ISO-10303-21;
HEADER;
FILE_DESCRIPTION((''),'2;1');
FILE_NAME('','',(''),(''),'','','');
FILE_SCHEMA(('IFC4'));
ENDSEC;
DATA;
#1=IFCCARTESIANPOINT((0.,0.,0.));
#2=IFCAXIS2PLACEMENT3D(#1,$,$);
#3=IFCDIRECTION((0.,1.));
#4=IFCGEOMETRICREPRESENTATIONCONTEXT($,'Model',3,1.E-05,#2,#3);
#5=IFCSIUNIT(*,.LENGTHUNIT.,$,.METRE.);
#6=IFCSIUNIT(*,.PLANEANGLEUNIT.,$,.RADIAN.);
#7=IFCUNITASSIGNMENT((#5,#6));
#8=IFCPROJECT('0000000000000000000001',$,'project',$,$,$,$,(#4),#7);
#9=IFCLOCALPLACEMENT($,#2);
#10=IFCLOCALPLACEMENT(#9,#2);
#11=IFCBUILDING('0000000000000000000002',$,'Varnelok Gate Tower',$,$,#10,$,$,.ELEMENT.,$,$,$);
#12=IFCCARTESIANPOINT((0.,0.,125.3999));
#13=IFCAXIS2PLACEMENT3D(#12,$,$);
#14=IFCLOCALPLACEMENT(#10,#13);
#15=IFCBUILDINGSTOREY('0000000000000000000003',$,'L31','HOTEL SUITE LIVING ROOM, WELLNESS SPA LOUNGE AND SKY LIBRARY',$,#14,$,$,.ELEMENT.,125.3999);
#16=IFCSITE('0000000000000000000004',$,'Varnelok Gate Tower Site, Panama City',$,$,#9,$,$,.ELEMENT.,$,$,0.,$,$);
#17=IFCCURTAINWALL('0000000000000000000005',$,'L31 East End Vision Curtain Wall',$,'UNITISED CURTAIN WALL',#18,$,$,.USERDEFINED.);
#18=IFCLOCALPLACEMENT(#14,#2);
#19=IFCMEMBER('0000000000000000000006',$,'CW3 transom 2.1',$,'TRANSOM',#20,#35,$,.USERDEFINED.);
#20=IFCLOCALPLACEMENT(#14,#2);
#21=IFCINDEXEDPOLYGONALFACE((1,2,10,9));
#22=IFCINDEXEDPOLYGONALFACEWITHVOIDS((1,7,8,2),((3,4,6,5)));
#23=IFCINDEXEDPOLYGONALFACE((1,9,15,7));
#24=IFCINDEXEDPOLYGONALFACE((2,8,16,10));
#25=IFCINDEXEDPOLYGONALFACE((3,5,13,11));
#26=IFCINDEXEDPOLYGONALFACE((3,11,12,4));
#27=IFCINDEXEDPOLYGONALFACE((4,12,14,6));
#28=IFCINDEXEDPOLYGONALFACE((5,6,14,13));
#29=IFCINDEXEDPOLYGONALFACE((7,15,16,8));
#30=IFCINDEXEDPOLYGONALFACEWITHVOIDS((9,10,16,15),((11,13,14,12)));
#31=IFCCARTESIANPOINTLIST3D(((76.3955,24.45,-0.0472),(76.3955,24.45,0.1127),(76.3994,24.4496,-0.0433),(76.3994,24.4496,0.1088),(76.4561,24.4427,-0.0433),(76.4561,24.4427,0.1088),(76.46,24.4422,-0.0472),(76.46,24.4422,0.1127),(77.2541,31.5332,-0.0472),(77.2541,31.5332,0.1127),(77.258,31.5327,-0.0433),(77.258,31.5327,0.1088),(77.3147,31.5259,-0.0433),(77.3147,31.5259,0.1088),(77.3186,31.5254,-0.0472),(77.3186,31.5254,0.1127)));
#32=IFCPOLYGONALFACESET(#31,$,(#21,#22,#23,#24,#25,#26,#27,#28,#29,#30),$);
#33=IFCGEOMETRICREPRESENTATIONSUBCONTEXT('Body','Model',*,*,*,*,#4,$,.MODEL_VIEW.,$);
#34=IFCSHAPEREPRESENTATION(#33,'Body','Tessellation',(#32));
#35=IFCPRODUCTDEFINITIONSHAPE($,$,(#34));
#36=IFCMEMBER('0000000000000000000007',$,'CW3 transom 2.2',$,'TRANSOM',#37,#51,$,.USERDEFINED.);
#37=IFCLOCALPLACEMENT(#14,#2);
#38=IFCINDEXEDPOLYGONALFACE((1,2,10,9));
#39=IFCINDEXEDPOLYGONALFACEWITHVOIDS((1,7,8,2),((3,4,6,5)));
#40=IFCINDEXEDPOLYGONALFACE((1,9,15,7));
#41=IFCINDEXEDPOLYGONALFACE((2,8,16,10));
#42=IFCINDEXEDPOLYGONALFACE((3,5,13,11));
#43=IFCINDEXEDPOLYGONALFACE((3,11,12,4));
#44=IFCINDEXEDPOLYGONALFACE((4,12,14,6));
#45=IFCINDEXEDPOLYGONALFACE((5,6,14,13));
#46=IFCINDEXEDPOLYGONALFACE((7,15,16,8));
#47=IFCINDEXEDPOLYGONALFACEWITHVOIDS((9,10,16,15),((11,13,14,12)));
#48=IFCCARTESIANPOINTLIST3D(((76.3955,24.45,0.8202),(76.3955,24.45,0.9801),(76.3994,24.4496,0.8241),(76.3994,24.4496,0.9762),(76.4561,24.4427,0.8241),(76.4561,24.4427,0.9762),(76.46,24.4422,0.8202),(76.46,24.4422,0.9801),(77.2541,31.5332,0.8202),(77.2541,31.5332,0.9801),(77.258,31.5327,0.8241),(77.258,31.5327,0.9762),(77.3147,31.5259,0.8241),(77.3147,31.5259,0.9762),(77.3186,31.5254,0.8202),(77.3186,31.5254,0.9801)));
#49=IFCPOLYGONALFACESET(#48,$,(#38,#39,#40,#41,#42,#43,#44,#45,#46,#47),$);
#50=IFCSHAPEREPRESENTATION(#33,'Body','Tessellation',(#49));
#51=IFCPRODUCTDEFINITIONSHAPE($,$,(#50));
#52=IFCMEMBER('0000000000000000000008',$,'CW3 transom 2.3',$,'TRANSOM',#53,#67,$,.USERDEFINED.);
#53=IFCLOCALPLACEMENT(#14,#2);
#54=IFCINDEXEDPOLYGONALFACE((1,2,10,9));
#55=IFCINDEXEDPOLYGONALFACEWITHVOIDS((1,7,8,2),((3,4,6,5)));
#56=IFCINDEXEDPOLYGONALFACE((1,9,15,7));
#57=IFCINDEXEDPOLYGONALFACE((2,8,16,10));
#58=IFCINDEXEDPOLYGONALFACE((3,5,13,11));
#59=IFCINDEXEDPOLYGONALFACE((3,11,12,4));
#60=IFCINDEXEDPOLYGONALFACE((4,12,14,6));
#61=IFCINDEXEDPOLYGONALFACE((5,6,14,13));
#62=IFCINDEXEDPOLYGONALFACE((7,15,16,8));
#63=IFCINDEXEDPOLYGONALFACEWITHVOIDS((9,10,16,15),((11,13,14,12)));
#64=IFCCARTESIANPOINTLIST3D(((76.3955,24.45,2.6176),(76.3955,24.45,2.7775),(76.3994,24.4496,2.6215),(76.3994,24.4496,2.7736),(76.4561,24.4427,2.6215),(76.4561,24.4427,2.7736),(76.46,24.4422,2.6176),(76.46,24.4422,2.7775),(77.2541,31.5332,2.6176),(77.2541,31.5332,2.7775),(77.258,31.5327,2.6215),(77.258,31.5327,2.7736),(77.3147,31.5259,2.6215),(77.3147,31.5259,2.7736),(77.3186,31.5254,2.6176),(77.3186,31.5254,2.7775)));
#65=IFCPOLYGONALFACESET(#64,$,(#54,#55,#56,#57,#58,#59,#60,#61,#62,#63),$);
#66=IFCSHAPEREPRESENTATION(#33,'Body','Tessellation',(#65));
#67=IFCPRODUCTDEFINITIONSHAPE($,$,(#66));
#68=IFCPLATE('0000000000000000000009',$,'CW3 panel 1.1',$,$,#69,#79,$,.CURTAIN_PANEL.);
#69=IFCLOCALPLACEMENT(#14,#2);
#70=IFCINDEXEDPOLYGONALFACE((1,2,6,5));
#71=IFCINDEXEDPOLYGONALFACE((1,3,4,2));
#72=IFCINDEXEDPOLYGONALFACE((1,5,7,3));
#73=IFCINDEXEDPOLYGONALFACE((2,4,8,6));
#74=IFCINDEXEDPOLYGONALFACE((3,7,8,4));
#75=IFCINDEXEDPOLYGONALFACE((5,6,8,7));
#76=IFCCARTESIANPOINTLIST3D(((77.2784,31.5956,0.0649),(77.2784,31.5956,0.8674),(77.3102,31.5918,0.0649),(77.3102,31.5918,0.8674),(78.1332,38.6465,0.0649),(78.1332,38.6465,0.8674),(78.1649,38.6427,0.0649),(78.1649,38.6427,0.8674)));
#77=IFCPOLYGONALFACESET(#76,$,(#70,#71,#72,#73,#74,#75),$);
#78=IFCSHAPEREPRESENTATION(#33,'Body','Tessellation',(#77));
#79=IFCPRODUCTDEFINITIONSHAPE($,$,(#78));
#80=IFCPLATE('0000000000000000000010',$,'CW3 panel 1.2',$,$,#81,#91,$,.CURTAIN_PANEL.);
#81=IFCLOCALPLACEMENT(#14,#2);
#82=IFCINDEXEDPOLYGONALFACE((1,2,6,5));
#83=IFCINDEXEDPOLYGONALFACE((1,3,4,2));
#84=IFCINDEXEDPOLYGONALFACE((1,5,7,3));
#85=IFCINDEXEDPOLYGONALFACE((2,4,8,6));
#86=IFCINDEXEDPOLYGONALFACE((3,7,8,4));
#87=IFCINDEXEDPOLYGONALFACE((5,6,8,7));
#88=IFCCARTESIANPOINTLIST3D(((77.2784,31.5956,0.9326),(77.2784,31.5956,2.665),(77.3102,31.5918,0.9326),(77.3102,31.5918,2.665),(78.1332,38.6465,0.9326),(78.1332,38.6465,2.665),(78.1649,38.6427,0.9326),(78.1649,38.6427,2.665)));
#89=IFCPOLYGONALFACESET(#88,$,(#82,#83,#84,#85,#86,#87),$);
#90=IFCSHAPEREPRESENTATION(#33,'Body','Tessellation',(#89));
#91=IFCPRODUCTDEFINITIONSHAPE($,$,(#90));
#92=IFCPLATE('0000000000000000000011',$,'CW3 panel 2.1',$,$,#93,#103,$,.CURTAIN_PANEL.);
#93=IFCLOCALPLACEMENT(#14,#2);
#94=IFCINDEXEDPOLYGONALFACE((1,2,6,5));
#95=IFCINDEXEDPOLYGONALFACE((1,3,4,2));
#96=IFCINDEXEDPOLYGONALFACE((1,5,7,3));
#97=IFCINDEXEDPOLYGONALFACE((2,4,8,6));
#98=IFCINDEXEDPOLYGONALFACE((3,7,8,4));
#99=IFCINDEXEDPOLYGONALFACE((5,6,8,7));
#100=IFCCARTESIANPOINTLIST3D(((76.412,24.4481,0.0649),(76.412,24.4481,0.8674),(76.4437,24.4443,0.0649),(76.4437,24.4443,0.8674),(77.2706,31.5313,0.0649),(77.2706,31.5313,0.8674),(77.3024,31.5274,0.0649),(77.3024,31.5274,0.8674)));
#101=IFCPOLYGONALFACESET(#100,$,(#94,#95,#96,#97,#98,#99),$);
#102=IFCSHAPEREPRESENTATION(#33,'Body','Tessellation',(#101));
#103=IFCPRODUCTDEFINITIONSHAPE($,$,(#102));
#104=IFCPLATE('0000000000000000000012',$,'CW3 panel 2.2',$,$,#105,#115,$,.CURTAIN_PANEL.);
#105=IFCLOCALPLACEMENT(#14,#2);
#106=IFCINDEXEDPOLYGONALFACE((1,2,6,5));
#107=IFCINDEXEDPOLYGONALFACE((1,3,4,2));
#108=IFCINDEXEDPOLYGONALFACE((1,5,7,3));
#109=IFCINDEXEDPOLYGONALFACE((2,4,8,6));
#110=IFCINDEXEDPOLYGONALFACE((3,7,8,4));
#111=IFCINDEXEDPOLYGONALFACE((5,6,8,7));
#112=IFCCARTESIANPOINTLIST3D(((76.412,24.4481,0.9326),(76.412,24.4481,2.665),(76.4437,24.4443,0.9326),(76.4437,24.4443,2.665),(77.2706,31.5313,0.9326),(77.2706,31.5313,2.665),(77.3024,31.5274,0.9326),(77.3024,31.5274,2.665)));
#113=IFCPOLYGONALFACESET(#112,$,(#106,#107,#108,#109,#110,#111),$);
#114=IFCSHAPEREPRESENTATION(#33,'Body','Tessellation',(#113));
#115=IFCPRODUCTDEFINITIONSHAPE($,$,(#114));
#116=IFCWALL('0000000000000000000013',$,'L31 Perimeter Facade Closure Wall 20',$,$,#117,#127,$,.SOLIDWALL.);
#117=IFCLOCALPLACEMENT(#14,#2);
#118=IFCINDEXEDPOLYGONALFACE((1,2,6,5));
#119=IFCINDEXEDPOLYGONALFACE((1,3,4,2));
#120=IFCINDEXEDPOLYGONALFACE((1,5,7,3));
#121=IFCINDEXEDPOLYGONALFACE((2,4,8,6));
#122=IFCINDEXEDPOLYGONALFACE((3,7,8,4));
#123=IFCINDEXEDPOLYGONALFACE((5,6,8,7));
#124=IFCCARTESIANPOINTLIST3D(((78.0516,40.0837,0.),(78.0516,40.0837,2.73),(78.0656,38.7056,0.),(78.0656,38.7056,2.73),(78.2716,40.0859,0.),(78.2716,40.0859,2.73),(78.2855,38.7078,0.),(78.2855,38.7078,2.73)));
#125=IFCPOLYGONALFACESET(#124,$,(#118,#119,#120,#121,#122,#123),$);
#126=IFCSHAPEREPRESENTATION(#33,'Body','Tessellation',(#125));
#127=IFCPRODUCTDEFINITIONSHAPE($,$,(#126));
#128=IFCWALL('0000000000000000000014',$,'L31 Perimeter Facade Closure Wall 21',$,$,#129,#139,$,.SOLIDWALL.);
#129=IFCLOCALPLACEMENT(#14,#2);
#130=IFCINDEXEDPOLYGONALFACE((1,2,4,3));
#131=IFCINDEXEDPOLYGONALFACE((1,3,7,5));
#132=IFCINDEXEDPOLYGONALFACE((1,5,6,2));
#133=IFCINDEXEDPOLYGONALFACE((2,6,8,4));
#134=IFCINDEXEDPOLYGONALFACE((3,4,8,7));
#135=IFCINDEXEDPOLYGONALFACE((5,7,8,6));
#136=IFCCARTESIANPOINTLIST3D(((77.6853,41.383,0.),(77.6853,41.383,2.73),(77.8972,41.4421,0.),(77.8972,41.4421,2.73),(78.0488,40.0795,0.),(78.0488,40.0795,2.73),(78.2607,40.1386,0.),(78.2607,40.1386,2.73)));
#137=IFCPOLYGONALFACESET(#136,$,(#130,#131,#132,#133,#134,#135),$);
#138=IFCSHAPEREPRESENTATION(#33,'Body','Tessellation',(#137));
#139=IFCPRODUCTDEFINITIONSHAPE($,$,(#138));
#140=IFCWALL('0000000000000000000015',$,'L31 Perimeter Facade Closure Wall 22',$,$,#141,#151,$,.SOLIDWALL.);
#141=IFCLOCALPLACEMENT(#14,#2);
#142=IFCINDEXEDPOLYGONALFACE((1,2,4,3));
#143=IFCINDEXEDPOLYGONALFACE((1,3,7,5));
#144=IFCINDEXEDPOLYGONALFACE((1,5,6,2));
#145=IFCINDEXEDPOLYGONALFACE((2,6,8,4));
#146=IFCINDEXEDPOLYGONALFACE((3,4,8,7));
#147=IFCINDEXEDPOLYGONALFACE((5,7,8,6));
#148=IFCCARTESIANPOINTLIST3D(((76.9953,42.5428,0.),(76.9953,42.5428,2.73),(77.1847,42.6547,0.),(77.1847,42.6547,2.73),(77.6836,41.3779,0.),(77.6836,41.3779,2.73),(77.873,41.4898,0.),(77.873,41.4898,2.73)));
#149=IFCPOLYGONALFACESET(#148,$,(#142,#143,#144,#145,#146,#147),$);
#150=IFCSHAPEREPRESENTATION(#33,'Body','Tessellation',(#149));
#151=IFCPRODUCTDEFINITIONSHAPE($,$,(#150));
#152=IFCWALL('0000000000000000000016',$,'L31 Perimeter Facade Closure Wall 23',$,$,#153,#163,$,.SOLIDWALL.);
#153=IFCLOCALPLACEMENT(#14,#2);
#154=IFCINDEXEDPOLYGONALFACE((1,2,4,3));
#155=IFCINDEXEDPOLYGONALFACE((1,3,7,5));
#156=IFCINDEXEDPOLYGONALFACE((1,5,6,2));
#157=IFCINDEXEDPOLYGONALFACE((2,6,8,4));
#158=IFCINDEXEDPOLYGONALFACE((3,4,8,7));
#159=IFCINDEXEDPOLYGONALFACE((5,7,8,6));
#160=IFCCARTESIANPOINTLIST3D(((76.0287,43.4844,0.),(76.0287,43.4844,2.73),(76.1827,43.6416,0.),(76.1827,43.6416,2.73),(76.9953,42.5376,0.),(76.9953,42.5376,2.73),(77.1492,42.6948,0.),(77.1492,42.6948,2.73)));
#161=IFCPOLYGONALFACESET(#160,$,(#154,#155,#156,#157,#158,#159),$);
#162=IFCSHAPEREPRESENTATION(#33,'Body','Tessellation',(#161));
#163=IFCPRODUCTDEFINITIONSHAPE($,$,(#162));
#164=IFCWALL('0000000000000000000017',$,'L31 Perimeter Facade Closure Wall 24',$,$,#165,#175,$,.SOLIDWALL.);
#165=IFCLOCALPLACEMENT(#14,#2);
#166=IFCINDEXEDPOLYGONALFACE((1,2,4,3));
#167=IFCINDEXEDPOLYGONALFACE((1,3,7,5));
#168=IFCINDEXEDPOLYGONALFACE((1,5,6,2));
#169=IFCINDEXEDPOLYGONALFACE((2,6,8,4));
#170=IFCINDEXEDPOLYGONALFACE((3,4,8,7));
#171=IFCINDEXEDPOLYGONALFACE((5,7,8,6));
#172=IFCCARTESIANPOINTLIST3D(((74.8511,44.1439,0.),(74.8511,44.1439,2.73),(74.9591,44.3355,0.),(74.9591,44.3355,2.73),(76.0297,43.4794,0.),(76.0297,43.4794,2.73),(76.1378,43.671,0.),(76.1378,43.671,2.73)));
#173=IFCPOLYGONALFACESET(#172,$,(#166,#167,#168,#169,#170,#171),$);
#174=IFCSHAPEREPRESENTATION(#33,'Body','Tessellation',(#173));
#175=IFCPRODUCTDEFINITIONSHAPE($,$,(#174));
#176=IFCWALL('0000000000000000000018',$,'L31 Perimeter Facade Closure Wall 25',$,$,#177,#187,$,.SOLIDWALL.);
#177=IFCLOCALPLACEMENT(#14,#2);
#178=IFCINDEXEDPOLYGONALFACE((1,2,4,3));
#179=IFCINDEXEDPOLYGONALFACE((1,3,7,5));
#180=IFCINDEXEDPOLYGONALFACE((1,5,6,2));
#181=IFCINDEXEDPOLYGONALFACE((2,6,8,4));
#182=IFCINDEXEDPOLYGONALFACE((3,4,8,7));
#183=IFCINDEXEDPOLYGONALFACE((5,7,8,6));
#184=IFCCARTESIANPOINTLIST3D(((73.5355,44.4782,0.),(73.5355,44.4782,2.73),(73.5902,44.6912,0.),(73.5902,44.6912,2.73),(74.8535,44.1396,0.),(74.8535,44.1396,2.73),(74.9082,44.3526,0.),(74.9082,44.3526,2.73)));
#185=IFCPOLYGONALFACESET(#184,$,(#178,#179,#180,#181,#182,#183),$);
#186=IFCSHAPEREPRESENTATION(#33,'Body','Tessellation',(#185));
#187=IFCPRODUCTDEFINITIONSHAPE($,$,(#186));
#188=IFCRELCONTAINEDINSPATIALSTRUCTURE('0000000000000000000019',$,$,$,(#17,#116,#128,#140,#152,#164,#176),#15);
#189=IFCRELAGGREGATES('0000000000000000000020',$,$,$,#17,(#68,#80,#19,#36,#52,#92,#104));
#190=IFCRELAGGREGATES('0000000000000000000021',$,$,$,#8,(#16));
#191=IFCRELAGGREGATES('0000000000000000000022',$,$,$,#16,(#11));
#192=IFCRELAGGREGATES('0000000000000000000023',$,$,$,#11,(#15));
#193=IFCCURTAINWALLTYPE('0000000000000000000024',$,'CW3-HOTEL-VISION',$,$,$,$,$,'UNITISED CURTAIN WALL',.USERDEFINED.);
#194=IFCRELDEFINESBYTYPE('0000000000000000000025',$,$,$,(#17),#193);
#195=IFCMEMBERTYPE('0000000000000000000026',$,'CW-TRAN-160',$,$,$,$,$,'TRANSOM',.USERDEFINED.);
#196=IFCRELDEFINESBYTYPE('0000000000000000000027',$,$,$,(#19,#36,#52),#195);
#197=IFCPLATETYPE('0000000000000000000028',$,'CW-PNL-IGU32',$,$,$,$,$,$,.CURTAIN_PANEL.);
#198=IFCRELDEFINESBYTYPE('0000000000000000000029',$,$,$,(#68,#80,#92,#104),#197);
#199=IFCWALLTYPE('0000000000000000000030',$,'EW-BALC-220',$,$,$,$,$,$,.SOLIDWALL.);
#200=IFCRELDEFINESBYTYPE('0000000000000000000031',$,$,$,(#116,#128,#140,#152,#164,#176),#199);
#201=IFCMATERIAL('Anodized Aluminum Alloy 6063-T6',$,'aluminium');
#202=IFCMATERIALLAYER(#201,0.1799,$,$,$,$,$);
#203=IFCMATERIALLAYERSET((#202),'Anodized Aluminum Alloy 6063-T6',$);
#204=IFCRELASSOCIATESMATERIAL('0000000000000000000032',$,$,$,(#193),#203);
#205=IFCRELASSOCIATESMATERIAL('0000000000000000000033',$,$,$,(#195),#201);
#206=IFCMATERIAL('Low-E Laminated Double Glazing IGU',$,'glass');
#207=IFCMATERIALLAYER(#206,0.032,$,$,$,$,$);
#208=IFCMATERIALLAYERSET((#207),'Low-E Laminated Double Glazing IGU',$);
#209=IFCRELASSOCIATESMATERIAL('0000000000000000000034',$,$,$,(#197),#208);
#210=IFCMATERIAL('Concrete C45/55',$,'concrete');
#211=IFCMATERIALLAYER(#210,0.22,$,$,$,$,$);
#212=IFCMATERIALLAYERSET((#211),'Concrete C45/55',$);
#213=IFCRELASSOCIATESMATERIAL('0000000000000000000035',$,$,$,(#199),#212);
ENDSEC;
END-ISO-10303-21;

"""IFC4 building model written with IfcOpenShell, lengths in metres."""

from ifc_helpers import new_model, si_unit, direction, frame, frame_2d, origin, origin_2d, place, context, subcontext, project, spatial, rectangle, hollow_rectangle, extrude, source, transform, mapped, material, layer, layer_set, material_profile, profile_set, type_object, element, aggregate, save


model = new_model("IFC4")

# Units and contexts
model_context = context("Model", 3, precision=1e-05, world=origin(), true_north=direction((0.0, 1.0)))
body_context = subcontext(model_context, "Body", "Model", "MODEL_VIEW")
ifc_project = project(units=[si_unit("LENGTHUNIT", "METRE"), si_unit("PLANEANGLEUNIT", "RADIAN")], contexts=[model_context])

# Site, building, storey
site_placement = place(None, origin())
site = spatial("IfcSite", under=ifc_project, at=site_placement, Name="Varnelok Gate Tower Site, Panama City", CompositionType="ELEMENT", RefElevation=0.0)
building_placement = place(site_placement, origin())
building = spatial("IfcBuilding", under=site, at=building_placement, Name="Varnelok Gate Tower", CompositionType="ELEMENT")
storey_placement = place(building_placement, frame((0.0, 0.0, 125.3999)))
storey = spatial("IfcBuildingStorey", under=building, at=storey_placement, Name="L31", Description="HOTEL SUITE LIVING ROOM, WELLNESS SPA LOUNGE AND SKY LIBRARY", CompositionType="ELEMENT", Elevation=125.3999)

# Curtain wall, members, plates
ifc_material_1 = material(Name="Anodized Aluminum Alloy 6063-T6", Category="aluminium")
ifc_layer_1 = layer(ifc_material_1, 0.1799)
ifc_layer_set_1 = layer_set([ifc_layer_1], Name="Anodized Aluminum Alloy 6063-T6")
curtain_wall_type = type_object("IfcCurtainWallType", Name="CW3-HOTEL-VISION", ElementType="UNITISED CURTAIN WALL", PredefinedType="USERDEFINED", material=ifc_layer_set_1)
curtain_wall_placement = place(storey_placement, origin())
curtain_wall = element("IfcCurtainWall", 1, at=curtain_wall_placement, inside=storey, type_object=curtain_wall_type, Name="L31 East End Vision Curtain Wall", ObjectType="UNITISED CURTAIN WALL", PredefinedType="USERDEFINED")
ifc_material_profile_1 = material_profile(ifc_material_1, hollow_rectangle(XDim=0.0649, YDim=0.1599, WallThickness=0.0039, at=origin_2d()), Name="ALU160X65X4")
ifc_profile_set_1 = profile_set([ifc_material_profile_1], Name="Anodized Aluminum Alloy 6063-T6")
member_type_1 = type_object("IfcMemberType", Name="CW-TRAN-160", ElementType="TRANSOM", PredefinedType="USERDEFINED", material=ifc_profile_set_1)
member_1_placement = place(storey_placement, frame((77.2864, 31.5293, 0.0327), z_axis=(-0.120341, -0.992733, 0.0), x_axis=(0.992733, -0.120341, 0.0)))
member_1 = element("IfcMember", 2, at=member_1_placement, type_object=member_type_1, Name="CW3 transom 2.1", ObjectType="TRANSOM", PredefinedType="USERDEFINED", context=body_context, shape_type="SweptSolid", body=[
    extrude(hollow_rectangle(XDim=0.0649, YDim=0.1599, WallThickness=0.0039, at=origin_2d()), origin(), (0.0, 0.0, 1.0), 7.135),
])
member_2_placement = place(storey_placement, frame((77.2864, 31.5293, 0.9001), z_axis=(-0.120341, -0.992733, 0.0), x_axis=(0.992733, -0.120341, 0.0)))
member_2 = element("IfcMember", 3, at=member_2_placement, type_object=member_type_1, Name="CW3 transom 2.2", ObjectType="TRANSOM", PredefinedType="USERDEFINED", context=body_context, shape_type="SweptSolid", body=[
    extrude(hollow_rectangle(XDim=0.0649, YDim=0.1599, WallThickness=0.0039, at=origin_2d()), origin(), (0.0, 0.0, 1.0), 7.135),
])
member_3_placement = place(storey_placement, frame((77.2864, 31.5293, 2.6975), z_axis=(-0.120341, -0.992733, 0.0), x_axis=(0.992733, -0.120341, 0.0)))
member_3 = element("IfcMember", 4, at=member_3_placement, type_object=member_type_1, Name="CW3 transom 2.3", ObjectType="TRANSOM", PredefinedType="USERDEFINED", context=body_context, shape_type="SweptSolid", body=[
    extrude(hollow_rectangle(XDim=0.0649, YDim=0.1599, WallThickness=0.0039, at=origin_2d()), origin(), (0.0, 0.0, 1.0), 7.135),
])
ifc_material_2 = material(Name="Low-E Laminated Double Glazing IGU", Category="glass")
ifc_layer_2 = layer(ifc_material_2, 0.032)
ifc_layer_set_2 = layer_set([ifc_layer_2], Name="Low-E Laminated Double Glazing IGU")
plate_type = type_object("IfcPlateType", Name="CW-PNL-IGU32", PredefinedType="CURTAIN_PANEL", material=ifc_layer_set_2)
shared_shape_1 = source(origin(), body_context, "Body", "SweptSolid", [
    extrude(rectangle(XDim=7.1025, YDim=0.032, at=origin_2d()), origin(), (0.0, 0.0, 1.0), 0.8025),
])
plate_1_placement = place(storey_placement, frame((77.7217, 35.1191, 0.0649), z_axis=(0.0, 0.0, 1.0), x_axis=(-0.120347, -0.992732, 0.0)))
plate_1 = element("IfcPlate", 5, at=plate_1_placement, type_object=plate_type, Name="CW3 panel 1.1", PredefinedType="CURTAIN_PANEL", context=body_context, shape_type="MappedRepresentation", body=[
    mapped(shared_shape_1, transform((0.0, 0.0, 0.0), scale=1.0)),
])
shared_shape_2 = source(origin(), body_context, "Body", "SweptSolid", [
    extrude(rectangle(XDim=7.1025, YDim=0.032, at=origin_2d()), origin(), (0.0, 0.0, 1.0), 1.7324),
])
plate_2_placement = place(storey_placement, frame((77.7217, 35.1191, 0.9326), z_axis=(0.0, 0.0, 1.0), x_axis=(-0.120347, -0.992732, 0.0)))
plate_2 = element("IfcPlate", 6, at=plate_2_placement, type_object=plate_type, Name="CW3 panel 1.2", PredefinedType="CURTAIN_PANEL", context=body_context, shape_type="MappedRepresentation", body=[
    mapped(shared_shape_2, transform((0.0, 0.0, 0.0), scale=1.0)),
])
shared_shape_3 = source(origin(), body_context, "Body", "SweptSolid", [
    extrude(rectangle(XDim=7.135, YDim=0.032, at=origin_2d()), origin(), (0.0, 0.0, 1.0), 0.8025),
])
plate_3_placement = place(storey_placement, frame((76.8572, 27.9878, 0.0649), z_axis=(0.0, 0.0, 1.0), x_axis=(-0.120347, -0.992732, 0.0)))
plate_3 = element("IfcPlate", 7, at=plate_3_placement, type_object=plate_type, Name="CW3 panel 2.1", PredefinedType="CURTAIN_PANEL", context=body_context, shape_type="MappedRepresentation", body=[
    mapped(shared_shape_3, transform((0.0, 0.0, 0.0), scale=1.0)),
])
shared_shape_4 = source(origin(), body_context, "Body", "SweptSolid", [
    extrude(rectangle(XDim=7.135, YDim=0.032, at=origin_2d()), origin(), (0.0, 0.0, 1.0), 1.7324),
])
plate_4_placement = place(storey_placement, frame((76.8572, 27.9878, 0.9326), z_axis=(0.0, 0.0, 1.0), x_axis=(-0.120347, -0.992732, 0.0)))
plate_4 = element("IfcPlate", 8, at=plate_4_placement, type_object=plate_type, Name="CW3 panel 2.2", PredefinedType="CURTAIN_PANEL", context=body_context, shape_type="MappedRepresentation", body=[
    mapped(shared_shape_4, transform((0.0, 0.0, 0.0), scale=1.0)),
])
aggregate(curtain_wall, [plate_1, plate_2, member_1, member_2, member_3, plate_3, plate_4])

# Walls
ifc_material_3 = material(Name="Concrete C45/55", Category="concrete")
ifc_layer_3 = layer(ifc_material_3, 0.22)
ifc_layer_set_3 = layer_set([ifc_layer_3], Name="Concrete C45/55")
wall_type_1 = type_object("IfcWallType", Name="EW-BALC-220", PredefinedType="SOLIDWALL", material=ifc_layer_set_3)
wall_1_placement = place(storey_placement, frame((78.1755, 38.7068, 0.0), z_axis=(0.0, 0.0, 1.0), x_axis=(-0.010097, 0.999949, 0.0)))
element("IfcWall", 9, at=wall_1_placement, inside=storey, type_object=wall_type_1, Name="L31 Perimeter Facade Closure Wall 20", PredefinedType="SOLIDWALL", context=body_context, shape_type="SweptSolid", body=[
    extrude(rectangle(XDim=1.3782, YDim=0.22, at=frame_2d((0.689, 0.0))), origin(), (0.0, 0.0, 1.0), 2.73),
])
wall_2_placement = place(storey_placement, frame((78.1548, 40.1089, 0.0), z_axis=(0.0, 0.0, 1.0), x_axis=(-0.268639, 0.963241, 0.0)))
element("IfcWall", 10, at=wall_2_placement, inside=storey, type_object=wall_type_1, Name="L31 Perimeter Facade Closure Wall 21", PredefinedType="SOLIDWALL", context=body_context, shape_type="SweptSolid", body=[
    extrude(rectangle(XDim=1.3533, YDim=0.22, at=frame_2d((0.6768, 0.0))), origin(), (0.0, 0.0, 1.0), 2.73),
])
for number, where, z_axis, x_axis, name in (
    (11, (77.7783, 41.4338, 0.0), (0.0, 0.0, 1.0), (-0.508699, 0.860944, 0.0), "L31 Perimeter Facade Closure Wall 22"),
    (12, (77.0723, 42.6162, 0.0), (0.0, 0.0, 1.0), (-0.714377, 0.699761, 0.0), "L31 Perimeter Facade Closure Wall 23"),
    (13, (76.0837, 43.5752, 0.0), (0.0, 0.0, 1.0), (-0.871093, 0.491118, 0.0), "L31 Perimeter Facade Closure Wall 24"),
):
    element("IfcWall", number, at=place(storey_placement, frame(where, z_axis=z_axis, x_axis=x_axis)), inside=storey, type_object=wall_type_1, Name=name, PredefinedType="SOLIDWALL", context=body_context, shape_type="SweptSolid", body=[
        extrude(rectangle(XDim=1.353, YDim=0.22, at=frame_2d((0.6765, 0.0))), origin(), (0.0, 0.0, 1.0), 2.73),
    ])
wall_3_placement = place(storey_placement, frame((74.8809, 44.2461, 0.0), z_axis=(0.0, 0.0, 1.0), x_axis=(-0.96855, 0.24882, 0.0)))
element("IfcWall", 14, at=wall_3_placement, inside=storey, type_object=wall_type_1, Name="L31 Perimeter Facade Closure Wall 25", PredefinedType="SOLIDWALL", context=body_context, shape_type="SweptSolid", body=[
    extrude(rectangle(XDim=1.3608, YDim=0.22, at=frame_2d((0.6804, 0.0))), origin(), (0.0, 0.0, 1.0), 2.73),
])

save(model, "model.ifc")
